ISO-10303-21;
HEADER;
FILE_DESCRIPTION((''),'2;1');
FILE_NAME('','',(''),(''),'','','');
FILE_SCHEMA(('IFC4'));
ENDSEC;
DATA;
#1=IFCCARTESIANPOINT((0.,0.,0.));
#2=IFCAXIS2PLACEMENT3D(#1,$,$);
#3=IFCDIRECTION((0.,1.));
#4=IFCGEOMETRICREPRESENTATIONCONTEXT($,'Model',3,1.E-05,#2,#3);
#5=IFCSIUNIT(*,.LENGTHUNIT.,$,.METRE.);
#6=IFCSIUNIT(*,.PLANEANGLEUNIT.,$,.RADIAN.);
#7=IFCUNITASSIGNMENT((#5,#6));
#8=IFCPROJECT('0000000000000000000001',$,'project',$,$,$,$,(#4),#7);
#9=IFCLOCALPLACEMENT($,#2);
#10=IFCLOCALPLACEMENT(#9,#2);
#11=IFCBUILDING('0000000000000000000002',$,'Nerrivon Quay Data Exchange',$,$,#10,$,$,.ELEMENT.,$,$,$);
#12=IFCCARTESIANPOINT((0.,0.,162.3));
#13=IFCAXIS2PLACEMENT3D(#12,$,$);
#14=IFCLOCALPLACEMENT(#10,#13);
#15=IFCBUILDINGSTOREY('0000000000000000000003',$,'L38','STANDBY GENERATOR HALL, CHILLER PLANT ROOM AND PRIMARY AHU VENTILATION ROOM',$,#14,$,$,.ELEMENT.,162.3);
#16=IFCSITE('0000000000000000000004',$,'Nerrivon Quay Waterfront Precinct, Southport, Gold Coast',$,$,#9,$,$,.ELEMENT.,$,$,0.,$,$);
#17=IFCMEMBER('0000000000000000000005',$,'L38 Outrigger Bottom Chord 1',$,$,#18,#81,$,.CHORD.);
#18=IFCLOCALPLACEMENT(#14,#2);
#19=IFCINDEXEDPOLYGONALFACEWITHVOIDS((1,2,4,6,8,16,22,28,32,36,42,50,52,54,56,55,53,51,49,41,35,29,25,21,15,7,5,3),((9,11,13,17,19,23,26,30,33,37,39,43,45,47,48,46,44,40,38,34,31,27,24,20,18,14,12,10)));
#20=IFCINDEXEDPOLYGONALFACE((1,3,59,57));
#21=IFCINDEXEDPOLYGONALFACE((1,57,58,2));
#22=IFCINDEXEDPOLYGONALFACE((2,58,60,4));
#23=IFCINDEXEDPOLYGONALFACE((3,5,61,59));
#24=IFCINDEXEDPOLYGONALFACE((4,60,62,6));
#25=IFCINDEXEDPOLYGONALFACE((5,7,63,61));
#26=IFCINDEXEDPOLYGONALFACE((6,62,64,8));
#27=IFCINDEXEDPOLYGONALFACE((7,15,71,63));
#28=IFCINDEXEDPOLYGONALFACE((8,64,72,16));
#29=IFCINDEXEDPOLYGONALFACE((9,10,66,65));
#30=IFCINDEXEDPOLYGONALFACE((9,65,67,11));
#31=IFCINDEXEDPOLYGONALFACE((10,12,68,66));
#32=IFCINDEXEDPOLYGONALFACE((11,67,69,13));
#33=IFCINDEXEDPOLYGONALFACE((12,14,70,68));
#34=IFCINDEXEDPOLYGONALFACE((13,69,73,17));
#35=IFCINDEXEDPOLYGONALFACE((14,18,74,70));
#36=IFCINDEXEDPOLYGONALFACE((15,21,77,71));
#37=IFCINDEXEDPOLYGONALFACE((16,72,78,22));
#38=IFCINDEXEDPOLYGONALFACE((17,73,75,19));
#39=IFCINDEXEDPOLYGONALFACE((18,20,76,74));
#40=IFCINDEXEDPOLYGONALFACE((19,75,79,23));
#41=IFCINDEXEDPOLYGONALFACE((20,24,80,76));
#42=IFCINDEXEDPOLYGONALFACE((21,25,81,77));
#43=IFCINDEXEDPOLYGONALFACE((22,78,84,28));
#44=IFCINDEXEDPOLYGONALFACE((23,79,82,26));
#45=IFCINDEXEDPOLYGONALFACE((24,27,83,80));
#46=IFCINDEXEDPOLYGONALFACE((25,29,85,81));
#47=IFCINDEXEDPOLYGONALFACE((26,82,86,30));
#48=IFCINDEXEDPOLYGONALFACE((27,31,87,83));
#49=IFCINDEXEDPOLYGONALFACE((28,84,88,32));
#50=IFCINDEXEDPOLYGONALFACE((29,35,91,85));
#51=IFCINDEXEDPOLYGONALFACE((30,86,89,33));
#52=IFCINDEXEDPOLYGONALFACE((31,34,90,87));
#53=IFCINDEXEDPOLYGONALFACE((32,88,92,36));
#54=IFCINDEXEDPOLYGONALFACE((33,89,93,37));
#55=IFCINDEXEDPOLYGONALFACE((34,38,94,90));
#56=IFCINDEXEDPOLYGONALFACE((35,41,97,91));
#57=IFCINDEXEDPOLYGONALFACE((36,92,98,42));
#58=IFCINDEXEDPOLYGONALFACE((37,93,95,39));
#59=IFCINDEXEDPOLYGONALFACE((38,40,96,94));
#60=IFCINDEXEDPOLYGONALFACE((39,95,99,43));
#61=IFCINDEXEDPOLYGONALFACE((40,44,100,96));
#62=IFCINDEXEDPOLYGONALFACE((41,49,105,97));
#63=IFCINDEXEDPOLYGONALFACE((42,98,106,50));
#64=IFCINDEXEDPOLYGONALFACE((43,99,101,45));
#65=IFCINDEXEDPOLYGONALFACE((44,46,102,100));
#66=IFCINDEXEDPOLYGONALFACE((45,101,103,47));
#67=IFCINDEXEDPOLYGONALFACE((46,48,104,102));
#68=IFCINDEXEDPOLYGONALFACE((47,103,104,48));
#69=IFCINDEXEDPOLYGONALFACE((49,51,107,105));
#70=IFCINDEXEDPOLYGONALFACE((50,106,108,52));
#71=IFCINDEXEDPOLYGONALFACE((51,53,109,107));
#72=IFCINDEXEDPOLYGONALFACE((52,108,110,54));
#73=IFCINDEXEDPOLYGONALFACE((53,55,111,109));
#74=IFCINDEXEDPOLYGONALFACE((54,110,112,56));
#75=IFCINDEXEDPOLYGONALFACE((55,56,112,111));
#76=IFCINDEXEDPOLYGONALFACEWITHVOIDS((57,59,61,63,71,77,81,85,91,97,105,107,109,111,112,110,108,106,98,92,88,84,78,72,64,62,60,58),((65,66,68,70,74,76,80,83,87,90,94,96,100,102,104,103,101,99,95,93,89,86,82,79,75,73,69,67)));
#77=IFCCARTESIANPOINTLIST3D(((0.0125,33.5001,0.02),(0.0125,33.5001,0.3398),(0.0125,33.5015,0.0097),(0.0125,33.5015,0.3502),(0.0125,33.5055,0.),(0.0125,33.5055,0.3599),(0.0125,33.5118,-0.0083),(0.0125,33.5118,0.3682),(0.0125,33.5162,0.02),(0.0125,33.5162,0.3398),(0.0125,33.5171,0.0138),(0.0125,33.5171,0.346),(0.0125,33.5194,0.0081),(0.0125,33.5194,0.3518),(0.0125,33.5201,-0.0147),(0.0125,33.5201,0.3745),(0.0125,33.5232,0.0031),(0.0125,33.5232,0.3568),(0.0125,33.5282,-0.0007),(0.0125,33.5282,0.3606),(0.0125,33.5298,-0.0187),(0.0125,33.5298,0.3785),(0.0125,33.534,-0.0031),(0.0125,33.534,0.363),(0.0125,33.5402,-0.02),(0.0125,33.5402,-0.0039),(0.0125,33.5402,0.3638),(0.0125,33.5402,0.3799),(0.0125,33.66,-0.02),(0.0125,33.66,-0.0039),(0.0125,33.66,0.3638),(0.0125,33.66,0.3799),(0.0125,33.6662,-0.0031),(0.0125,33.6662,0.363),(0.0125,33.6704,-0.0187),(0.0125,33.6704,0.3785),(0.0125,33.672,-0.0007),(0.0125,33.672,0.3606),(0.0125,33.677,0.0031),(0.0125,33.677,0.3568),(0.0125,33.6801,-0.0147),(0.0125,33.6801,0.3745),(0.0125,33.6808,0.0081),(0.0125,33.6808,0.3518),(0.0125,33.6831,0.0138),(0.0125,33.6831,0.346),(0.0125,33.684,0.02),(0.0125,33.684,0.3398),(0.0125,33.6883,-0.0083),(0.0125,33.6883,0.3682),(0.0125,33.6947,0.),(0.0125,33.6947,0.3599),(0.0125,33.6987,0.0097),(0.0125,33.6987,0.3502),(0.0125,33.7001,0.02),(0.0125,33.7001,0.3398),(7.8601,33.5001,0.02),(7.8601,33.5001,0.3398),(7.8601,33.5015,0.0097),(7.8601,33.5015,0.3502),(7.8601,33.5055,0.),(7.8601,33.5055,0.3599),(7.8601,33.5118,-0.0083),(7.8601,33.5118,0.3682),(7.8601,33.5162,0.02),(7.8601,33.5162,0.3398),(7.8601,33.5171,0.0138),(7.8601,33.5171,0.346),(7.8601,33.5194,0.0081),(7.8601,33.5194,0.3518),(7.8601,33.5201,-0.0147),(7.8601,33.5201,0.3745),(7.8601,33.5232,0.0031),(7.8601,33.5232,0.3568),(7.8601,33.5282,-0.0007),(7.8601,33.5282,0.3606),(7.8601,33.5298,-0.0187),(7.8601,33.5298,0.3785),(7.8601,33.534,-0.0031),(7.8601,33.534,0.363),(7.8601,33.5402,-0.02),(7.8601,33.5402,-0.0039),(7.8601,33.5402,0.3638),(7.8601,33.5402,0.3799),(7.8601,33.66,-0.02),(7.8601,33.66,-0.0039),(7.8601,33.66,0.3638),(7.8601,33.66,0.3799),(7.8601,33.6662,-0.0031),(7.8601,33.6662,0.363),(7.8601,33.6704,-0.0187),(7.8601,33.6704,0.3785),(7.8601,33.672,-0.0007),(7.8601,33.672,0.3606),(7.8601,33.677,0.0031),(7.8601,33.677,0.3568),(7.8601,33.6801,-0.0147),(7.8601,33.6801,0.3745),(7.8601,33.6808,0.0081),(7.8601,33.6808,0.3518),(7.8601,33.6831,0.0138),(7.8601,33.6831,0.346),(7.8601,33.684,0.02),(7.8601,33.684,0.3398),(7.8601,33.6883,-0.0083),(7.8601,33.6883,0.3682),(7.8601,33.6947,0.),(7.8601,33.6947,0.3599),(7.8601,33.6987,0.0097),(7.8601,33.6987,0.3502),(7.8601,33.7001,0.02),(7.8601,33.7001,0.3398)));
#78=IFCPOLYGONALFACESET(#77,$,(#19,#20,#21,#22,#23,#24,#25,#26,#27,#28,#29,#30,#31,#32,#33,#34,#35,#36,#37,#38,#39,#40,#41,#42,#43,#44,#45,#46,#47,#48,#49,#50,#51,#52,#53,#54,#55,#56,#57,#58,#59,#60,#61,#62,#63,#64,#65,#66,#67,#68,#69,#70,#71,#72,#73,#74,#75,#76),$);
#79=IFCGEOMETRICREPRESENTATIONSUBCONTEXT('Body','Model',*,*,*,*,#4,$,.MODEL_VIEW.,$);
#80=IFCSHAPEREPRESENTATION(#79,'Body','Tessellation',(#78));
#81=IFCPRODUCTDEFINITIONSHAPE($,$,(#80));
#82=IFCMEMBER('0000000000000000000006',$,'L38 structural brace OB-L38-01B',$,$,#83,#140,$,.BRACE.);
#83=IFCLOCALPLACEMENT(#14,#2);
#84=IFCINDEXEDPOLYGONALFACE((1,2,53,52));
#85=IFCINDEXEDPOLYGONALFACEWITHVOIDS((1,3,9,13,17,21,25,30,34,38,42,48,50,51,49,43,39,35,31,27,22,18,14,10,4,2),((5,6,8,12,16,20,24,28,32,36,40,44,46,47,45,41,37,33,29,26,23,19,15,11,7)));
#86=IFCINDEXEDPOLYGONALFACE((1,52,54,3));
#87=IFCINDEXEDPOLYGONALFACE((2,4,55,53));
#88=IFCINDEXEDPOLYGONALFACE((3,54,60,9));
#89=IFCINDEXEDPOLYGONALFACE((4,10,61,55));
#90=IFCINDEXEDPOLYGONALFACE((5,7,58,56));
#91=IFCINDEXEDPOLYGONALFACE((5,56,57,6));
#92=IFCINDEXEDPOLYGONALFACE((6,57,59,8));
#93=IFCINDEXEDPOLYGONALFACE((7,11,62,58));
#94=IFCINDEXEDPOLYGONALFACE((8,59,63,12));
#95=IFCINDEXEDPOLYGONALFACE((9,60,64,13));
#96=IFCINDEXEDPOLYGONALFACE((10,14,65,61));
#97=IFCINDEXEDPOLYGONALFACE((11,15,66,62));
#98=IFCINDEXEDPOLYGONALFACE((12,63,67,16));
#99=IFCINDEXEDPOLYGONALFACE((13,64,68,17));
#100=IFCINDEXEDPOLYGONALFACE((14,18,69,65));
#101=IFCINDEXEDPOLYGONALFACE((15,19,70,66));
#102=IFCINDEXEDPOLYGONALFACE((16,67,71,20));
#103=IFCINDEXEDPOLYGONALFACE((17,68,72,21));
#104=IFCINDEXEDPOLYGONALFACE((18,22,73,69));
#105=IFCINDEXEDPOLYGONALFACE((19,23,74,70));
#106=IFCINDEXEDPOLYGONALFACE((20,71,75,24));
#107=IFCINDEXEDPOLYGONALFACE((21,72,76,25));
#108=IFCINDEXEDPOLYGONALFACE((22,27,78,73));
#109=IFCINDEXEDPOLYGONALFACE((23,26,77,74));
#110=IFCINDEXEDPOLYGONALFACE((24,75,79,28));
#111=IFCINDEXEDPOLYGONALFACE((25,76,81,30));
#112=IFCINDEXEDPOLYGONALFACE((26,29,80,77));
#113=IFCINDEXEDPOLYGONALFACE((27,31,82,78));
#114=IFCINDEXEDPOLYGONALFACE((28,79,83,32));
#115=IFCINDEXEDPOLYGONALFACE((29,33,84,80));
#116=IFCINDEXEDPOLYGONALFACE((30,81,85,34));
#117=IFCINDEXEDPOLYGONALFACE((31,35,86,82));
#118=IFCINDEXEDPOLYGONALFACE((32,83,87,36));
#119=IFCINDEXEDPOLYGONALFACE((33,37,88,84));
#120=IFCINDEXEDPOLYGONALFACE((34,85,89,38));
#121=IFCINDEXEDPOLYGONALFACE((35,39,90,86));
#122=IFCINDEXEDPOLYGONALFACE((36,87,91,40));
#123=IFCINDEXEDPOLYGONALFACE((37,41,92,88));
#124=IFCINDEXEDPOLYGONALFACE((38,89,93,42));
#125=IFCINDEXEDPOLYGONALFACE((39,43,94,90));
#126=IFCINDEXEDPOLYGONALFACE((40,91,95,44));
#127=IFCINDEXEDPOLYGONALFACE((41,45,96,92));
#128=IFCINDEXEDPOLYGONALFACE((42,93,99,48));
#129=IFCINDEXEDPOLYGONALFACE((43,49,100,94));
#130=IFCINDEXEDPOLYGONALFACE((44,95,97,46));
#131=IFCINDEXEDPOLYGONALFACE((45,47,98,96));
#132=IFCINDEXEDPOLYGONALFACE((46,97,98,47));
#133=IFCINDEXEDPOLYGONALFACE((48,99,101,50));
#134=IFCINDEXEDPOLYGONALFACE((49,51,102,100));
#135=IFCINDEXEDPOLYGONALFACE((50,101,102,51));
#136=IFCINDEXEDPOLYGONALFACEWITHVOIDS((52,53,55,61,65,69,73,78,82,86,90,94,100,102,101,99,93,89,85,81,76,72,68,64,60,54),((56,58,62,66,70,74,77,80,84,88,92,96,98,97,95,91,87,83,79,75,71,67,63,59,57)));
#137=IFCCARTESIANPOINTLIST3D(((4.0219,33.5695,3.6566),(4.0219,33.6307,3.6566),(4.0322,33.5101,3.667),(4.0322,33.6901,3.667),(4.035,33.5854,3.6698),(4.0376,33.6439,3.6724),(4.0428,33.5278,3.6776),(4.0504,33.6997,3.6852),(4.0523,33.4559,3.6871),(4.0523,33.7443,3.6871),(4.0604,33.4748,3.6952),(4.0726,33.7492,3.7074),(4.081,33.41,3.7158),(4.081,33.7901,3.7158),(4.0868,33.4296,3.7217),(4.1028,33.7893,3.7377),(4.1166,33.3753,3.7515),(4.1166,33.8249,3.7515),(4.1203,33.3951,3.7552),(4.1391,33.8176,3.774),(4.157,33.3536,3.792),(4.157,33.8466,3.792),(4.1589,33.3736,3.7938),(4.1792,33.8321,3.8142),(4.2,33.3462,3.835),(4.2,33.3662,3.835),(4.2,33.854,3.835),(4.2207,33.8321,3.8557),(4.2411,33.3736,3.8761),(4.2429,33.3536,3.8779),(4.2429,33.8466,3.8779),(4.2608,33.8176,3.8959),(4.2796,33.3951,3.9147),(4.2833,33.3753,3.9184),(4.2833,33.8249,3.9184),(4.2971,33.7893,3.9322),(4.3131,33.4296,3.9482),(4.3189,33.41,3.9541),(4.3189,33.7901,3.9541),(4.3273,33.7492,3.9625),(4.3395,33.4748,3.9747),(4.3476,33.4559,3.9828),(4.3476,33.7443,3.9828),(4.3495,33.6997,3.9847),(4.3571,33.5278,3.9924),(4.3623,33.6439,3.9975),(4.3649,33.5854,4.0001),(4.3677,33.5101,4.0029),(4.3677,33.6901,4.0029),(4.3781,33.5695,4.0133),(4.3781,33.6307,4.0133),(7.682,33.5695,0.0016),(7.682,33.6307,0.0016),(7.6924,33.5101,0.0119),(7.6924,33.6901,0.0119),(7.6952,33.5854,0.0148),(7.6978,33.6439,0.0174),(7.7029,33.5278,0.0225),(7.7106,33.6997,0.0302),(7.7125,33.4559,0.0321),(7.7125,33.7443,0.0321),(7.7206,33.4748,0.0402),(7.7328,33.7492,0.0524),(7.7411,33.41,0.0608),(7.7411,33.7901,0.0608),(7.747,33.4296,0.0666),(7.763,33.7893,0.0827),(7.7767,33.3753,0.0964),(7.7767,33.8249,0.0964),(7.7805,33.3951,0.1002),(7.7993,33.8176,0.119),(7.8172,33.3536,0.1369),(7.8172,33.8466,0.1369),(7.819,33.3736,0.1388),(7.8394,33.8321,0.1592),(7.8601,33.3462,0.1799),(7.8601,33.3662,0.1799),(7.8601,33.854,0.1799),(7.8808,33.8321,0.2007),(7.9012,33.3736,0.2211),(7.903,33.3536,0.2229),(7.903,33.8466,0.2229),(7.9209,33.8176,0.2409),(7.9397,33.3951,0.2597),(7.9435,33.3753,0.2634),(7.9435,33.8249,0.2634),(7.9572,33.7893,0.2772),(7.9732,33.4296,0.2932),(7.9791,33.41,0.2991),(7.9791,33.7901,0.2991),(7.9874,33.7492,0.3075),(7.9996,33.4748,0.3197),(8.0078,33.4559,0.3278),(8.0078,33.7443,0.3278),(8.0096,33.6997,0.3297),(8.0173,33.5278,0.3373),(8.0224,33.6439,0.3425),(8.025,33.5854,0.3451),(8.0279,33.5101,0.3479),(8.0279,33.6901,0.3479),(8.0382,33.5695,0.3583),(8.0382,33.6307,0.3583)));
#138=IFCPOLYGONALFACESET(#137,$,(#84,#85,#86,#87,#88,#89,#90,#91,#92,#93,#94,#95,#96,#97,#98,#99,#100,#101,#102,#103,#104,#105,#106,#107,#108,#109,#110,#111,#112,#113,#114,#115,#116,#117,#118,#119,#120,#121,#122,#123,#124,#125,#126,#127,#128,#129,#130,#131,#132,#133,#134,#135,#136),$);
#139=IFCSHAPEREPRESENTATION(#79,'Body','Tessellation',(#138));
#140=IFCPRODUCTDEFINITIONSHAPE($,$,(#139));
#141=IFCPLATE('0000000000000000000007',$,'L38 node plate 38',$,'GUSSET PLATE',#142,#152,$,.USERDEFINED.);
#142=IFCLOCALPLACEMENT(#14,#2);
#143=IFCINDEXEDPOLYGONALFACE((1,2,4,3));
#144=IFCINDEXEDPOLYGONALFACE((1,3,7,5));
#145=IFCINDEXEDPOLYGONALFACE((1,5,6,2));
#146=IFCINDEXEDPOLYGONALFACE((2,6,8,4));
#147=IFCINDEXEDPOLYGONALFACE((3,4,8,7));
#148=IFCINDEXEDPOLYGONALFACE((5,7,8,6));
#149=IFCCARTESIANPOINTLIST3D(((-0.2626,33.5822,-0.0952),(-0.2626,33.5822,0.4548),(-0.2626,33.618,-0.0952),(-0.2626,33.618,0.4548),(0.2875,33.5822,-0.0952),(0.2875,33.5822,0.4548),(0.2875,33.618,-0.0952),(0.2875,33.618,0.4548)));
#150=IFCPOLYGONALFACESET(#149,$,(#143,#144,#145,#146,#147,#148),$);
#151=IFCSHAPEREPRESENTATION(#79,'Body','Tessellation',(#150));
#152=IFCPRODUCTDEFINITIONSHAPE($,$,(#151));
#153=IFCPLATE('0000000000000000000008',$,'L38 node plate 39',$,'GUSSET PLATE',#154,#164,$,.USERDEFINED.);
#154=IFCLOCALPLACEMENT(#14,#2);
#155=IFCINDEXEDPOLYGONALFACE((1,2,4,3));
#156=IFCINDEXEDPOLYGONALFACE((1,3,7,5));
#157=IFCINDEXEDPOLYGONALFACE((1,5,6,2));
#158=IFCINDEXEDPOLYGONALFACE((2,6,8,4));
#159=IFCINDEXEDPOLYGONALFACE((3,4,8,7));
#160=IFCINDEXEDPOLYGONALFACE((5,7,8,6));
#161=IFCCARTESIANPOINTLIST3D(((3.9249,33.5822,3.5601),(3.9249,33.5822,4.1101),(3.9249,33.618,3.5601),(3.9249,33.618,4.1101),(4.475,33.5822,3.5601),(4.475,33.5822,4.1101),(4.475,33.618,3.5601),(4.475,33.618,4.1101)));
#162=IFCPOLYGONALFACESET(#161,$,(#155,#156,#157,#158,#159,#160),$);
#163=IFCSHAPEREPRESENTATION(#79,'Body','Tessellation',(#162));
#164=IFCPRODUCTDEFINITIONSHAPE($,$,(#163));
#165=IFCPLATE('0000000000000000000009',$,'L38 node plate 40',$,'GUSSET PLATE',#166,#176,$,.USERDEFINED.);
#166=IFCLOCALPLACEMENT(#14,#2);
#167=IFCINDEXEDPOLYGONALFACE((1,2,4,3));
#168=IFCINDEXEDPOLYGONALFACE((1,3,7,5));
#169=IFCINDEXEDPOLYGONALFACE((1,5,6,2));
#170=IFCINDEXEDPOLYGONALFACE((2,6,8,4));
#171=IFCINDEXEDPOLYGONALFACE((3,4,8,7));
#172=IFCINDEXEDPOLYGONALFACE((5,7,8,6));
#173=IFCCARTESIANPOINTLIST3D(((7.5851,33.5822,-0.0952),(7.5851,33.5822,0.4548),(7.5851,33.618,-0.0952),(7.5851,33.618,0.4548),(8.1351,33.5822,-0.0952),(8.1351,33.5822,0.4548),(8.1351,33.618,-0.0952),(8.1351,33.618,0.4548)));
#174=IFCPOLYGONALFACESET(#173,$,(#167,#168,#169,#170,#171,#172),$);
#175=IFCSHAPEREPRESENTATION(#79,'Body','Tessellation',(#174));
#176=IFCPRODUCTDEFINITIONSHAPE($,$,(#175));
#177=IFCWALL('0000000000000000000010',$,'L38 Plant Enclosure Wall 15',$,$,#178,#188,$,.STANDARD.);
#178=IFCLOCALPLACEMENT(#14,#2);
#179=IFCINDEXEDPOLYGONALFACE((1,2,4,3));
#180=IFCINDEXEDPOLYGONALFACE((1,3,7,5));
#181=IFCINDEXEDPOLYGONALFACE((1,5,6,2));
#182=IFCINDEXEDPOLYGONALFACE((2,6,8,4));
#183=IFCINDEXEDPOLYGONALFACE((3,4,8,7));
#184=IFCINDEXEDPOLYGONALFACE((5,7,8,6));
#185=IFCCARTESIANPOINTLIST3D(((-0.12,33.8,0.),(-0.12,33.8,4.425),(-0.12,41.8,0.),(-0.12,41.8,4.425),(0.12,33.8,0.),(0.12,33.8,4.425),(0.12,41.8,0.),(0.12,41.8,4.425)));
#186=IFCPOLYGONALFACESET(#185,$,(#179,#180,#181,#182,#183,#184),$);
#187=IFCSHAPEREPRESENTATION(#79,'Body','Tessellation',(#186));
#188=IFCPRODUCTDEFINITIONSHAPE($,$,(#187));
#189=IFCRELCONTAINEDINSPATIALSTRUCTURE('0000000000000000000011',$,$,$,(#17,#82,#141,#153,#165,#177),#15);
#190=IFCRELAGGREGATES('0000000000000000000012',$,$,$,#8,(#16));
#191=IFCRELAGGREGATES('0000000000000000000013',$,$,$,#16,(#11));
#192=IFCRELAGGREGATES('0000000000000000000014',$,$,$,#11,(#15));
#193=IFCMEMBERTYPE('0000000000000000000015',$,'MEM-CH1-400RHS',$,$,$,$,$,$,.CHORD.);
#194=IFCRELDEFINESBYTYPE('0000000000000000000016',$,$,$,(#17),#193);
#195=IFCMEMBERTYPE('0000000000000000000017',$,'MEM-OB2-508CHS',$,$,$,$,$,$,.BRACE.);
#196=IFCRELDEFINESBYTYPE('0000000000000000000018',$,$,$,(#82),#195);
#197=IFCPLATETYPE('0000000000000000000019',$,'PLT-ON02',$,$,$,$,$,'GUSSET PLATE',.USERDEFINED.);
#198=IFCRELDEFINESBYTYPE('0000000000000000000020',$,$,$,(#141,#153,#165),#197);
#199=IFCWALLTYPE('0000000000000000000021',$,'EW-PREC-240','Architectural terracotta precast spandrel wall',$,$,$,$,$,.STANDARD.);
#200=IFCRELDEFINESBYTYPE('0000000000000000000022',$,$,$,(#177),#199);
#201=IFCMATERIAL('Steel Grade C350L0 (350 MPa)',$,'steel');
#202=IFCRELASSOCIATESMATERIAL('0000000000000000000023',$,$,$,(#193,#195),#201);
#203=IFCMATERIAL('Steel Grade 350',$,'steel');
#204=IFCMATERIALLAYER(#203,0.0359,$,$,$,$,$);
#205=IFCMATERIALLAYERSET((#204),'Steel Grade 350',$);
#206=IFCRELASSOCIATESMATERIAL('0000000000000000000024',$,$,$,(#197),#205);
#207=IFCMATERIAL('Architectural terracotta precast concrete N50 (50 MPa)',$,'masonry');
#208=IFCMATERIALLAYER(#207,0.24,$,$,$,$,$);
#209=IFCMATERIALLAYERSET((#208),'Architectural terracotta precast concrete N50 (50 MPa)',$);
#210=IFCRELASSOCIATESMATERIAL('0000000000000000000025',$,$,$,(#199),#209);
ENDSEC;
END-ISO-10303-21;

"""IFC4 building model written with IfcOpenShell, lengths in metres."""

from ifc_helpers import new_model, si_unit, direction, frame, frame_2d, origin, origin_2d, place, context, subcontext, project, spatial, rectangle, hollow_rectangle, hollow_circle, extrude, material, layer, layer_set, material_profile, profile_set, type_object, element, save


model = new_model("IFC4")

# Units and contexts
model_context = context("Model", 3, precision=1e-05, world=origin(), true_north=direction((0.0, 1.0)))
body_context = subcontext(model_context, "Body", "Model", "MODEL_VIEW")
ifc_project = project(units=[si_unit("LENGTHUNIT", "METRE"), si_unit("PLANEANGLEUNIT", "RADIAN")], contexts=[model_context])

# Site, building, storey
site_placement = place(None, origin())
site = spatial("IfcSite", under=ifc_project, at=site_placement, Name="Nerrivon Quay Waterfront Precinct, Southport, Gold Coast", CompositionType="ELEMENT", RefElevation=0.0)
building_placement = place(site_placement, origin())
building = spatial("IfcBuilding", under=site, at=building_placement, Name="Nerrivon Quay Data Exchange", CompositionType="ELEMENT")
storey_placement = place(building_placement, frame((0.0, 0.0, 162.3)))
storey = spatial("IfcBuildingStorey", under=building, at=storey_placement, Name="L38", Description="STANDBY GENERATOR HALL, CHILLER PLANT ROOM AND PRIMARY AHU VENTILATION ROOM", CompositionType="ELEMENT", Elevation=162.3)

# Shared definitions
ifc_material_1 = material(Name="Steel Grade 350", Category="steel")
ifc_material_2 = material(Name="Steel Grade C350L0 (350 MPa)", Category="steel")

# Members
ifc_material_profile_1 = material_profile(ifc_material_2, hollow_rectangle(XDim=0.2, YDim=0.3999, WallThickness=0.0161, InnerFilletRadius=0.0239, OuterFilletRadius=0.04, at=origin_2d()), Name="400x200x16.0RHS")
ifc_profile_set_1 = profile_set([ifc_material_profile_1], Name="Steel Grade C350L0 (350 MPa)")
member_type_1 = type_object("IfcMemberType", Name="MEM-CH1-400RHS", PredefinedType="CHORD", material=ifc_profile_set_1)
member_1_placement = place(storey_placement, frame((0.0125, 33.6001, 0.1799), z_axis=(1.0, 0.0, 0.0), x_axis=(0.0, 1.0, 0.0)))
element("IfcMember", 1, at=member_1_placement, inside=storey, type_object=member_type_1, Name="L38 Outrigger Bottom Chord 1", PredefinedType="CHORD", context=body_context, shape_type="SweptSolid", body=[
    extrude(hollow_rectangle(XDim=0.2, YDim=0.3999, WallThickness=0.0161, InnerFilletRadius=0.0239, OuterFilletRadius=0.04, at=origin_2d()), origin(), (0.0, 0.0, 1.0), 7.8477),
])
ifc_material_profile_2 = material_profile(ifc_material_2, hollow_circle(Radius=0.2539, WallThickness=0.02, at=origin_2d()), Name="508.0x20.0CHS")
ifc_profile_set_2 = profile_set([ifc_material_profile_2], Name="Steel Grade C350L0 (350 MPa)")
member_type_2 = type_object("IfcMemberType", Name="MEM-OB2-508CHS", PredefinedType="BRACE", material=ifc_profile_set_2)
member_2_placement = place(storey_placement, frame((7.8601, 33.6001, 0.1799), z_axis=(-0.707602, 0.0, 0.706611), x_axis=(0.0, -1.0, 0.0)))
element("IfcMember", 2, at=member_2_placement, inside=storey, type_object=member_type_2, Name="L38 structural brace OB-L38-01B", PredefinedType="BRACE", context=body_context, shape_type="SweptSolid", body=[
    extrude(hollow_circle(Radius=0.2539, WallThickness=0.02, at=origin_2d()), origin(), (0.0, 0.0, 1.0), 5.1726),
])

# Plates
ifc_layer_1 = layer(ifc_material_1, 0.0359)
ifc_layer_set_1 = layer_set([ifc_layer_1], Name="Steel Grade 350")
plate_type = type_object("IfcPlateType", Name="PLT-ON02", ElementType="GUSSET PLATE", PredefinedType="USERDEFINED", material=ifc_layer_set_1)
for number, where, z_axis, x_axis, name in (
    (3, (0.0125, 33.6001, -0.0952), (0.0, 0.0, 1.0), (1.0, 0.0, 0.0), "L38 node plate 38"),
    (4, (4.2, 33.6001, 3.5601), (0.0, 0.0, 1.0), (1.0, 0.0, 0.0), "L38 node plate 39"),
    (5, (7.8601, 33.6001, -0.0952), (0.0, 0.0, 1.0), (1.0, 0.0, 0.0), "L38 node plate 40"),
):
    element("IfcPlate", number, at=place(storey_placement, frame(where, z_axis=z_axis, x_axis=x_axis)), inside=storey, type_object=plate_type, Name=name, ObjectType="GUSSET PLATE", PredefinedType="USERDEFINED", context=body_context, shape_type="SweptSolid", body=[
        extrude(rectangle(XDim=0.55, YDim=0.0359, at=origin_2d()), origin(), (0.0, 0.0, 1.0), 0.55),
    ])

# Wall
ifc_material_3 = material(Name="Architectural terracotta precast concrete N50 (50 MPa)", Category="masonry")
ifc_layer_2 = layer(ifc_material_3, 0.24)
ifc_layer_set_2 = layer_set([ifc_layer_2], Name="Architectural terracotta precast concrete N50 (50 MPa)")
wall_type_1 = type_object("IfcWallType", Name="EW-PREC-240", Description="Architectural terracotta precast spandrel wall", PredefinedType="STANDARD", material=ifc_layer_set_2)
wall_1_placement = place(storey_placement, frame((0.0, 33.8, 0.0), z_axis=(0.0, 0.0, 1.0), x_axis=(0.0, 1.0, 0.0)))
element("IfcWall", 6, at=wall_1_placement, inside=storey, type_object=wall_type_1, Name="L38 Plant Enclosure Wall 15", PredefinedType="STANDARD", context=body_context, shape_type="SweptSolid", body=[
    extrude(rectangle(XDim=8.0, YDim=0.24, at=frame_2d((4.0, 0.0))), origin(), (0.0, 0.0, 1.0), 4.425),
])

save(model, "model.ifc")
